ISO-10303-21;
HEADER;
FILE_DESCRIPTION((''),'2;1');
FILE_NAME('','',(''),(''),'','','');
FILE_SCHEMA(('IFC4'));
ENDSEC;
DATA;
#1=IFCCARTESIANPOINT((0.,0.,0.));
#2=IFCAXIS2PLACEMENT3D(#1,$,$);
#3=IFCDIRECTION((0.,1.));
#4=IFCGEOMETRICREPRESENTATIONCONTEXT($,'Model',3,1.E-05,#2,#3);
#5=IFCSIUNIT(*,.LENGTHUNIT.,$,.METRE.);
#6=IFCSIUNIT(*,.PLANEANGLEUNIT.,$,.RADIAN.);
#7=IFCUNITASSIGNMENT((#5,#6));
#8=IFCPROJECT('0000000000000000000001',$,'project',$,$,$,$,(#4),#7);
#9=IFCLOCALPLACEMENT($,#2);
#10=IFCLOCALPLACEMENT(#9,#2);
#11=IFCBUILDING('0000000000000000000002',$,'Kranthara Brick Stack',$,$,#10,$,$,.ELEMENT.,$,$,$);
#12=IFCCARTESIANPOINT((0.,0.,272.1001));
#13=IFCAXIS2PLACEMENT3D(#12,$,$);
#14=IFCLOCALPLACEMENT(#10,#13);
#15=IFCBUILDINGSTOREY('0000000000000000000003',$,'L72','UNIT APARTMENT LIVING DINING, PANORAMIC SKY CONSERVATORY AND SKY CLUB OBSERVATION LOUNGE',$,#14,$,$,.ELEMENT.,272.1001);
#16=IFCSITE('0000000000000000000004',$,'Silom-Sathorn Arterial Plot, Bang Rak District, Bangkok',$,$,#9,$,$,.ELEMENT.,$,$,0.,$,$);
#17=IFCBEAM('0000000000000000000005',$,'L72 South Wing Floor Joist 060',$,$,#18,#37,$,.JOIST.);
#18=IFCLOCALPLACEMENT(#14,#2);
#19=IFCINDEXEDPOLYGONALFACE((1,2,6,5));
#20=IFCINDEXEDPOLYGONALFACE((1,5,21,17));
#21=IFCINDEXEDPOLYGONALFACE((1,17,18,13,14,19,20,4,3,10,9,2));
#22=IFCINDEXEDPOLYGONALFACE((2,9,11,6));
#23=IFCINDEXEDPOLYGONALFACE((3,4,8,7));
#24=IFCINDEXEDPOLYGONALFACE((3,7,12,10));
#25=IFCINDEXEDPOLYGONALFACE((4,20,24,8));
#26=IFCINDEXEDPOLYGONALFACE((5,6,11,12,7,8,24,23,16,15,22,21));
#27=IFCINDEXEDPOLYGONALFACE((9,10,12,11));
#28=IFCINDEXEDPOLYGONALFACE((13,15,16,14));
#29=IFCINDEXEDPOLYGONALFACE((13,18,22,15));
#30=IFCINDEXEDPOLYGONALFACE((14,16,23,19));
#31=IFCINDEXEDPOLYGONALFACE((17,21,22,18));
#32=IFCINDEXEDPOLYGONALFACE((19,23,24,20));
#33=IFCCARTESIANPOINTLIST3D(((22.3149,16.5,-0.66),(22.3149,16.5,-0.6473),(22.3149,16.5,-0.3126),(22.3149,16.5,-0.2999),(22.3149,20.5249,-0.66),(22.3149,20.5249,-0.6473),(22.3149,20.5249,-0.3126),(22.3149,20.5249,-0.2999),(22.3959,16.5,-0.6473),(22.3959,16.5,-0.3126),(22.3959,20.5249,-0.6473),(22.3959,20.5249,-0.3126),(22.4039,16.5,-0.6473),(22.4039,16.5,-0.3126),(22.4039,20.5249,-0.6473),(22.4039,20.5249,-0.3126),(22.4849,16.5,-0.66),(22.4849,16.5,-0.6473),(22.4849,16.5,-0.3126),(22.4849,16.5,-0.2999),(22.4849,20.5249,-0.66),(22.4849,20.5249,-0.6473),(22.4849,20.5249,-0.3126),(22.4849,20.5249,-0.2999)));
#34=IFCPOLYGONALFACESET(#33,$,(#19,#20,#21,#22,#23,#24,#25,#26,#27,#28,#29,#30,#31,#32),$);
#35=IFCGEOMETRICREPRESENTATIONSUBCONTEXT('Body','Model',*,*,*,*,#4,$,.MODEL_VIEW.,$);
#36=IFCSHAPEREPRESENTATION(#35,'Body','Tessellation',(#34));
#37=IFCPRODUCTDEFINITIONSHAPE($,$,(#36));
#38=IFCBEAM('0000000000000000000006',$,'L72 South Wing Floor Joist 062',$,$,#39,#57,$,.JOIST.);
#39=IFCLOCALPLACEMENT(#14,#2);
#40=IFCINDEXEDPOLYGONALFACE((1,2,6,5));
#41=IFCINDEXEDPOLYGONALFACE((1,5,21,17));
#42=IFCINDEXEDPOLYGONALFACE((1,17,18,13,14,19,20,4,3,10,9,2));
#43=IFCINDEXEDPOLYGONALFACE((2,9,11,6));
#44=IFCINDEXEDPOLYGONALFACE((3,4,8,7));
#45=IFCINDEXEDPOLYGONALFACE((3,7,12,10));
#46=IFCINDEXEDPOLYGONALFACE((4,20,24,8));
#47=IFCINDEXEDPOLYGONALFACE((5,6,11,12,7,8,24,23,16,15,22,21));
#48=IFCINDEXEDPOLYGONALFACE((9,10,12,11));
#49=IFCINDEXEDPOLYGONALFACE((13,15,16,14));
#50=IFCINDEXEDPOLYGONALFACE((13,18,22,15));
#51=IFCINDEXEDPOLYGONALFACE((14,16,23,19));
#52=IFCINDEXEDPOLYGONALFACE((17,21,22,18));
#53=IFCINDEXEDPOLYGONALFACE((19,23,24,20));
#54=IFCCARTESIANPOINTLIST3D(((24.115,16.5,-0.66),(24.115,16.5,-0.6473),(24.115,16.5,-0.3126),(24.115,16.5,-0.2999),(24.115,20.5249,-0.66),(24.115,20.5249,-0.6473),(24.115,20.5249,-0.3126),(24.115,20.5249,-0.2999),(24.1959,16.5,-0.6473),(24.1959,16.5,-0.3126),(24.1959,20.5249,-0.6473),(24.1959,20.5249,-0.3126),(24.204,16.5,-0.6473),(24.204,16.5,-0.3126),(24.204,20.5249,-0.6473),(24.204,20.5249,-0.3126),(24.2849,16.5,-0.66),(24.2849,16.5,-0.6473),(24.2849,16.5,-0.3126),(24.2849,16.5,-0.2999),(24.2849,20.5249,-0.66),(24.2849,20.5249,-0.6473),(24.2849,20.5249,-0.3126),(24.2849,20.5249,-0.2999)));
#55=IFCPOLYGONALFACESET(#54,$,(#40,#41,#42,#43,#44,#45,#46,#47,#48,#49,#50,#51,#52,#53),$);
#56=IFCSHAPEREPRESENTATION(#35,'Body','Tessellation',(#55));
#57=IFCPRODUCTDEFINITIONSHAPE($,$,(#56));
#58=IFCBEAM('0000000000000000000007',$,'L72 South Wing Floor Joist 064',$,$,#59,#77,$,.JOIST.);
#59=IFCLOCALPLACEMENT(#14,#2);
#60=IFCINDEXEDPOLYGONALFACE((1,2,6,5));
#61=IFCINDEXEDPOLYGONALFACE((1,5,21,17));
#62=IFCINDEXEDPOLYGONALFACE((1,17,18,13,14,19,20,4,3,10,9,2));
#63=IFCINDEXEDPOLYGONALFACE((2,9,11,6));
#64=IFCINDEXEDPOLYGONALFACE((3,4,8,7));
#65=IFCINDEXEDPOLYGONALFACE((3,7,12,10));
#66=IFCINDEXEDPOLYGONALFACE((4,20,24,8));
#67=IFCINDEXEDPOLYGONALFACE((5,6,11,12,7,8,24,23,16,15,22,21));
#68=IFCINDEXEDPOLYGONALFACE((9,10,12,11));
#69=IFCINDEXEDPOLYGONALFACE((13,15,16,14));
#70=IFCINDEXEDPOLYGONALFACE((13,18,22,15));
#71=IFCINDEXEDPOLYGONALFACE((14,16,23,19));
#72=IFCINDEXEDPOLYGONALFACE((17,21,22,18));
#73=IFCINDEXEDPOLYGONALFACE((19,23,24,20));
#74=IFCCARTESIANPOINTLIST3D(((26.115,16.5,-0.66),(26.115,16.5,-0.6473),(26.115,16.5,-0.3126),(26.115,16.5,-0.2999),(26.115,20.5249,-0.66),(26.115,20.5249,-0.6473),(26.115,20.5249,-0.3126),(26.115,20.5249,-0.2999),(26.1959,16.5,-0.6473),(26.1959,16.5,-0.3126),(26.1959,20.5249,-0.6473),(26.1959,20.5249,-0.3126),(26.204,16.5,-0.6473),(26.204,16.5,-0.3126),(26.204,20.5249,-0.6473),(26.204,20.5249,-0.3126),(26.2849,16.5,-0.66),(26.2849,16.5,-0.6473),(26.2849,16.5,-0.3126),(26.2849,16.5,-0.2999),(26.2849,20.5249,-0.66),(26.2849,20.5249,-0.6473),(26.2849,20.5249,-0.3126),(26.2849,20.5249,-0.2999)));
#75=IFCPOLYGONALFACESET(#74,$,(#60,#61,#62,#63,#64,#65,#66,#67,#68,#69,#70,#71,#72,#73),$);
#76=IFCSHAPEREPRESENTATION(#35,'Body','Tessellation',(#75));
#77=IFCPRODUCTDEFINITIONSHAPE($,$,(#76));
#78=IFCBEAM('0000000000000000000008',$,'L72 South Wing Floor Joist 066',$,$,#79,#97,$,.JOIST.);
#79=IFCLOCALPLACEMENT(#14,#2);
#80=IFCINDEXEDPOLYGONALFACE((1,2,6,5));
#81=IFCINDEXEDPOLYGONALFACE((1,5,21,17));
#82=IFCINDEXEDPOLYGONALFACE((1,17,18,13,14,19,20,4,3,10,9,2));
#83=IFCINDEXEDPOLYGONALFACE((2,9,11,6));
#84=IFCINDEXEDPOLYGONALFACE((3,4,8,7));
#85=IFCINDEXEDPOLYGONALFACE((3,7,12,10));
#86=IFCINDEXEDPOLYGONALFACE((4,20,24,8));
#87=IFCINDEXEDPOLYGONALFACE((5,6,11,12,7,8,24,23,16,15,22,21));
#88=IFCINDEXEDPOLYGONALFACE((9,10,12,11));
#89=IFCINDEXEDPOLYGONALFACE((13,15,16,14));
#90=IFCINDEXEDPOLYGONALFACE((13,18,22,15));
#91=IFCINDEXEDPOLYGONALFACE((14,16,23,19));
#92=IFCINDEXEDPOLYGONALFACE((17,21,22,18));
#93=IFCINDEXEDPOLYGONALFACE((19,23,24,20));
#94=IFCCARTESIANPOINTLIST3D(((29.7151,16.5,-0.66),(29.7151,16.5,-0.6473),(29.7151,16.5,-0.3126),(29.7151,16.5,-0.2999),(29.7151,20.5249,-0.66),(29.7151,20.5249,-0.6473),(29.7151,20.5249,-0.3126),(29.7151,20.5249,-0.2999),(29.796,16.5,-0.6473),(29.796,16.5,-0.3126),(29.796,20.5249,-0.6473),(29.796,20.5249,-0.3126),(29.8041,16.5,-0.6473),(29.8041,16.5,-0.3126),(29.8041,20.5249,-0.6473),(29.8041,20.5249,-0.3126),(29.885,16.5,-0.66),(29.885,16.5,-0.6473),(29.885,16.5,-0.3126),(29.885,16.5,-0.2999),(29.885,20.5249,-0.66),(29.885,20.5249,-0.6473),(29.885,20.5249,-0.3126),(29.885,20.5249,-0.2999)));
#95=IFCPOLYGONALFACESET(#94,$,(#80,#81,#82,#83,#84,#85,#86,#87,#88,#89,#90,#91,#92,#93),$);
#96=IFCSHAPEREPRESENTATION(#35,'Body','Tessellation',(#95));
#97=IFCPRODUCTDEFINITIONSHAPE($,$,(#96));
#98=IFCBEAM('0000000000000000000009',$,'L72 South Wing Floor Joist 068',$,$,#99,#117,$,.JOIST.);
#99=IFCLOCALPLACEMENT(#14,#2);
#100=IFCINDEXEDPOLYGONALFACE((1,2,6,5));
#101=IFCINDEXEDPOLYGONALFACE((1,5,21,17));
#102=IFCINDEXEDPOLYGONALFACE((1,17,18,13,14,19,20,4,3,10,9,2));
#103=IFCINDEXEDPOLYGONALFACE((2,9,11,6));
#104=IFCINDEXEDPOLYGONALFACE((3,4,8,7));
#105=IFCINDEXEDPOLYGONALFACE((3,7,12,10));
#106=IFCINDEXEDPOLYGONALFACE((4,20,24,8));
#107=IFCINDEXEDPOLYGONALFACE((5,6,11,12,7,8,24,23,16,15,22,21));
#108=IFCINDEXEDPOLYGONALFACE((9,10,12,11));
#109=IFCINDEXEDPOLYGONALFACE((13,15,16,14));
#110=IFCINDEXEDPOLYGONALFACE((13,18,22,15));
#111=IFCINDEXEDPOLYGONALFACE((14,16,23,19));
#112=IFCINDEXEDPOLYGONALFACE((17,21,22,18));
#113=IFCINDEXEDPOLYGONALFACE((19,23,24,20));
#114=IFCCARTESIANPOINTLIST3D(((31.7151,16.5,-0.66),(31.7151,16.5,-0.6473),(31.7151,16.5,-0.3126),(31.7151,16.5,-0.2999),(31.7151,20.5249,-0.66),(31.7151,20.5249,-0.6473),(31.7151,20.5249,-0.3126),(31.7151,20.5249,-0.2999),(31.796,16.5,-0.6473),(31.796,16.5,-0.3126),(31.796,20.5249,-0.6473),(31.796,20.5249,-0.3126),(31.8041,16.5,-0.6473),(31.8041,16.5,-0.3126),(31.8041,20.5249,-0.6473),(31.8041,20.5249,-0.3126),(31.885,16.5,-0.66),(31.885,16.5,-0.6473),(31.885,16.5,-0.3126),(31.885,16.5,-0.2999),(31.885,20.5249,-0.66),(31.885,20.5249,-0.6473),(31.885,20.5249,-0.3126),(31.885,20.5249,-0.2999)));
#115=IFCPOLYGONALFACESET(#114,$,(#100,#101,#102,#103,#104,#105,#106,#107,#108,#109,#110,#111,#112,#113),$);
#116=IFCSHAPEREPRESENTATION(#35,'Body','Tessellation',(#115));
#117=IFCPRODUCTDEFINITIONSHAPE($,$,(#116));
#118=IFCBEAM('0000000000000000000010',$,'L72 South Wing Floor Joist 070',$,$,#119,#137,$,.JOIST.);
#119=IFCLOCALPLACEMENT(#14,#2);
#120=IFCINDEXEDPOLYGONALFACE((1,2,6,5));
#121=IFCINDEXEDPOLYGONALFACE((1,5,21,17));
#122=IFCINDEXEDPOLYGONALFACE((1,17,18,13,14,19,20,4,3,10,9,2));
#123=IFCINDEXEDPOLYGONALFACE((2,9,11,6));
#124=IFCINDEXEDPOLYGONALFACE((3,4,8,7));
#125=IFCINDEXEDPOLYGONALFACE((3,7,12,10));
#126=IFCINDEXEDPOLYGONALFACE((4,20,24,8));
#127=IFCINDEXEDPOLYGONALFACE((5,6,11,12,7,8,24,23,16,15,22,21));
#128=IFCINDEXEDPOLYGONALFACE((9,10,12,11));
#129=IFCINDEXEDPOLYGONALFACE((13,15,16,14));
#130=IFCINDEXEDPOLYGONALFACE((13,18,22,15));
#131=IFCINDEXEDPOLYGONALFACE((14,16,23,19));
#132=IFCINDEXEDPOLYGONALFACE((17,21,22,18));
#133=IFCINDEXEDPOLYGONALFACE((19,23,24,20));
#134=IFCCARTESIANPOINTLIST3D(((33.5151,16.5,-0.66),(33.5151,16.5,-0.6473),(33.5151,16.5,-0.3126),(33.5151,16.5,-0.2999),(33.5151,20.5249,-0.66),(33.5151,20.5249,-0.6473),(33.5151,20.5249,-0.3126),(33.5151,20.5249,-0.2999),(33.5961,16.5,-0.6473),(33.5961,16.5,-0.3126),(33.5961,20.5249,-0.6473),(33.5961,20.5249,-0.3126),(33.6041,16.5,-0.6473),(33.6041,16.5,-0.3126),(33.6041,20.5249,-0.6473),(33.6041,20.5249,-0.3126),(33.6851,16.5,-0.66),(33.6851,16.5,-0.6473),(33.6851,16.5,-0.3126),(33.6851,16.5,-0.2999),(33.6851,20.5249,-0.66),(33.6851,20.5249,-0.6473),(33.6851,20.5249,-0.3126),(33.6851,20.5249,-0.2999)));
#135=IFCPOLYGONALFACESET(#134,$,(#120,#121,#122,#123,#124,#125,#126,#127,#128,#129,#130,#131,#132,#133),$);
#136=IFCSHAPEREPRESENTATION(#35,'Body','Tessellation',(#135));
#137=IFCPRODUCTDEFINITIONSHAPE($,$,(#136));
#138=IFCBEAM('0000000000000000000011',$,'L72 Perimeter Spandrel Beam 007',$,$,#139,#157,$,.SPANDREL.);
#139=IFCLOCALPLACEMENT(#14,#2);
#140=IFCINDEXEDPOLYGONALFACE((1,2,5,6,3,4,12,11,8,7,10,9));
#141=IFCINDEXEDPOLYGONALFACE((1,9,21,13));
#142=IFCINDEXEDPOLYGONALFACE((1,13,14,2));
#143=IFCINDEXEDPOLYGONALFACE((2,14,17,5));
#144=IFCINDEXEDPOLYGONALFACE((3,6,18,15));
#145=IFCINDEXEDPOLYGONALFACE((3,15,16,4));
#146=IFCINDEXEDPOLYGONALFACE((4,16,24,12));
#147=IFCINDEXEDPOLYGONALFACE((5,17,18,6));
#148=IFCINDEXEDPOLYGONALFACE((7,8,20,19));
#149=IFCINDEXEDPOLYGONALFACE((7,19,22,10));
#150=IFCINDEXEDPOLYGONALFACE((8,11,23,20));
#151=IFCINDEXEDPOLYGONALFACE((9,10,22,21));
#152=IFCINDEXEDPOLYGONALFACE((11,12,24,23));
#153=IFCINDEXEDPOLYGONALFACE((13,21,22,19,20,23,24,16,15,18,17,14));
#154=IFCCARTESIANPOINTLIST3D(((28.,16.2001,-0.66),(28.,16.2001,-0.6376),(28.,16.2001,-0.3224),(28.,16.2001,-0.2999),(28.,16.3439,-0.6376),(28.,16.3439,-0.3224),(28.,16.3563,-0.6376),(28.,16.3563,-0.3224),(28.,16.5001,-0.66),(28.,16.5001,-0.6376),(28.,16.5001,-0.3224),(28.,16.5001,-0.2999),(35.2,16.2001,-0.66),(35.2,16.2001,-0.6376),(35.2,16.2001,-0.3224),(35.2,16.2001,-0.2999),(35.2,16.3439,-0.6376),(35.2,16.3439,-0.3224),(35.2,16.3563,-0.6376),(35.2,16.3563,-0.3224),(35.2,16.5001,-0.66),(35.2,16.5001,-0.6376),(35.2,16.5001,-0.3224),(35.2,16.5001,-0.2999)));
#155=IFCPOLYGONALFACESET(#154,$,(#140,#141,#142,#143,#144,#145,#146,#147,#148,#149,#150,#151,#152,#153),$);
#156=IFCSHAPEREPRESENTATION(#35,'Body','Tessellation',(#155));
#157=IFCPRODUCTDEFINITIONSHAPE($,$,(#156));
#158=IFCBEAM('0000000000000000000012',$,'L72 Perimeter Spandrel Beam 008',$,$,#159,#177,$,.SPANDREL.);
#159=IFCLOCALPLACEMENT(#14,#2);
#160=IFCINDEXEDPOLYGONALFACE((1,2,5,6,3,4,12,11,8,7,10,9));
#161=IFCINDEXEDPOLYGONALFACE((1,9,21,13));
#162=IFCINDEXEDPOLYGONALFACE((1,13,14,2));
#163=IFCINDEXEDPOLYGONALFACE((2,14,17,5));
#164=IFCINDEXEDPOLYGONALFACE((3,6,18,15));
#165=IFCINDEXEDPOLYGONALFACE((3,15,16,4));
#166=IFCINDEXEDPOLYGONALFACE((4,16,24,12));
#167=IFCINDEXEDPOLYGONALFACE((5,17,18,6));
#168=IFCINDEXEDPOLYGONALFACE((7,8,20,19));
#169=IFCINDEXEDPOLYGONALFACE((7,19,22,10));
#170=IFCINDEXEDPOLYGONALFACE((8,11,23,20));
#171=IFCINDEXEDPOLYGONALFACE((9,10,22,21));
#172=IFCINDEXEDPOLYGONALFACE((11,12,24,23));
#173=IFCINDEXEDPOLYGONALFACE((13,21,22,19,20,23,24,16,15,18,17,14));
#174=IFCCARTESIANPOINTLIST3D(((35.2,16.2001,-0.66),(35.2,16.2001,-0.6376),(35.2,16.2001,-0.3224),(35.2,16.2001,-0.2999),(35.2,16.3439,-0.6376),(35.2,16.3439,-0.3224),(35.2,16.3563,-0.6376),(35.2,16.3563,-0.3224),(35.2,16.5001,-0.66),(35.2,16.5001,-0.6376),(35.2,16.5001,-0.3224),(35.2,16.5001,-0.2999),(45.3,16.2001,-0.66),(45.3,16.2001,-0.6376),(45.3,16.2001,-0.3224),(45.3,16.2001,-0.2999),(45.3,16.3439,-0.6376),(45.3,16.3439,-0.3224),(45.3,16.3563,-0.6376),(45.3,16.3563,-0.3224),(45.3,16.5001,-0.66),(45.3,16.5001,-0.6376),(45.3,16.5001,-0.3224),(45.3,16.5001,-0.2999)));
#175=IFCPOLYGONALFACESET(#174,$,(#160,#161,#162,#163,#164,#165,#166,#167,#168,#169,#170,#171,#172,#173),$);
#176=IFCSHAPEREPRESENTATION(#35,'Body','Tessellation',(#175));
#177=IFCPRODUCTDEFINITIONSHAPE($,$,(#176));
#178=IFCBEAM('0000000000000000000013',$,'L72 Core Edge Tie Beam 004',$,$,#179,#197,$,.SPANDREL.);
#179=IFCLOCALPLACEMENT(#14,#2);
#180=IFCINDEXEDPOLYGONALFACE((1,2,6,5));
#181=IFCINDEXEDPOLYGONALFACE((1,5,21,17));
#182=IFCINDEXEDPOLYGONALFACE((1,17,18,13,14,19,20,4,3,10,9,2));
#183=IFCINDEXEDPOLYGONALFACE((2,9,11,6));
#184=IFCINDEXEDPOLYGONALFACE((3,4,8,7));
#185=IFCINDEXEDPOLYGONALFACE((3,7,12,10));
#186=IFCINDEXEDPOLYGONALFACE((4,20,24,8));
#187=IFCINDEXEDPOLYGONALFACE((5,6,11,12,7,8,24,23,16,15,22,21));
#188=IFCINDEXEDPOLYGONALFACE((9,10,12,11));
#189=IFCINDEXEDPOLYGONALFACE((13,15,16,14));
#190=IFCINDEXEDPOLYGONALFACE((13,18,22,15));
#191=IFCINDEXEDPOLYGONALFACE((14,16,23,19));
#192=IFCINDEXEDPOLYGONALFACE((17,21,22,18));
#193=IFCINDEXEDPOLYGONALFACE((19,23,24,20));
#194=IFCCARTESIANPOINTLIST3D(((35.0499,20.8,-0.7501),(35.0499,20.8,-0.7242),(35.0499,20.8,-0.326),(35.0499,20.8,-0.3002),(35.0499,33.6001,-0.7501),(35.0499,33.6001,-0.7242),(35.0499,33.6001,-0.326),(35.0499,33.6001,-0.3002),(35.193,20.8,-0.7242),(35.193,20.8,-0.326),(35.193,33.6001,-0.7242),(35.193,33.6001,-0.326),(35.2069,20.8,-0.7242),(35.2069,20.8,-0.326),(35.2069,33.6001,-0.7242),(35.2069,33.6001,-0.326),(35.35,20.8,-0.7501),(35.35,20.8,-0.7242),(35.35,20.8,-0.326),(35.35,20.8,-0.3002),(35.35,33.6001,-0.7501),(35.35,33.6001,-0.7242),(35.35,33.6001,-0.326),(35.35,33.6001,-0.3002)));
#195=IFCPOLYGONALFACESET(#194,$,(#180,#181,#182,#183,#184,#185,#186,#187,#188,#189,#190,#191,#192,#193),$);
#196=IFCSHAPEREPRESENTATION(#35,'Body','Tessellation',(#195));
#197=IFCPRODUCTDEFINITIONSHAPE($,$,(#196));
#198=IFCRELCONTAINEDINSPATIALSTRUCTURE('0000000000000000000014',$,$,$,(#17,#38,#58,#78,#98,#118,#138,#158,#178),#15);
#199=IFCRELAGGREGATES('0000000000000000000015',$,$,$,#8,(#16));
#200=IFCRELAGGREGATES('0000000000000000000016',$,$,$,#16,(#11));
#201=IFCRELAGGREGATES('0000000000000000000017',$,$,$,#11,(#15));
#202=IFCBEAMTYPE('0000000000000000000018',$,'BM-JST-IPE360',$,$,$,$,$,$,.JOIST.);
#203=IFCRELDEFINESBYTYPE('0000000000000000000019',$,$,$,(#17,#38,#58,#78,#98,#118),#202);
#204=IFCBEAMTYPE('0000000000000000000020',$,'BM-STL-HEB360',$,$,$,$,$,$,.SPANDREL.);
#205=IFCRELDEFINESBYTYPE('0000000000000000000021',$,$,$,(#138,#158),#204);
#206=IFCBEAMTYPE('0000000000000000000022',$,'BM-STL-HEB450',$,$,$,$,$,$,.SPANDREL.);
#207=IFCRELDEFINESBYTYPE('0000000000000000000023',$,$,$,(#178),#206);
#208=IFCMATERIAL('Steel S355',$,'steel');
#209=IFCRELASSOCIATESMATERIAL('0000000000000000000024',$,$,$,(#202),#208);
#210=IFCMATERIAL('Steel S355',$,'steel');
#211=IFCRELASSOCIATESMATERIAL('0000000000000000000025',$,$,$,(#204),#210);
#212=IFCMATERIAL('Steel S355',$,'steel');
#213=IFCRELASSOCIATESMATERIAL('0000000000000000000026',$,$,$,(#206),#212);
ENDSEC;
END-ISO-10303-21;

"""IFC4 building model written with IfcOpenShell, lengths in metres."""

from ifc_helpers import new_model, si_unit, direction, frame, origin, origin_2d, place, context, subcontext, project, spatial, i_section, extrude, material, material_profile, profile_set, type_object, element, save


model = new_model("IFC4")

# Units and contexts
model_context = context("Model", 3, precision=1e-05, world=origin(), true_north=direction((0.0, 1.0)))
body_context = subcontext(model_context, "Body", "Model", "MODEL_VIEW")
ifc_project = project(units=[si_unit("LENGTHUNIT", "METRE"), si_unit("PLANEANGLEUNIT", "RADIAN")], contexts=[model_context])

# Site, building, storey
site_placement = place(None, origin())
site = spatial("IfcSite", under=ifc_project, at=site_placement, Name="Silom-Sathorn Arterial Plot, Bang Rak District, Bangkok", CompositionType="ELEMENT", RefElevation=0.0)
building_placement = place(site_placement, origin())
building = spatial("IfcBuilding", under=site, at=building_placement, Name="Kranthara Brick Stack", CompositionType="ELEMENT")
storey_placement = place(building_placement, frame((0.0, 0.0, 272.1001)))
storey = spatial("IfcBuildingStorey", under=building, at=storey_placement, Name="L72", Description="UNIT APARTMENT LIVING DINING, PANORAMIC SKY CONSERVATORY AND SKY CLUB OBSERVATION LOUNGE", CompositionType="ELEMENT", Elevation=272.1001)

# Beams
ifc_material_1 = material(Name="Steel S355", Category="steel")
ifc_material_profile_1 = material_profile(ifc_material_1, i_section(OverallWidth=0.1699, OverallDepth=0.3601, WebThickness=0.0081, FlangeThickness=0.0127, at=origin_2d()), Name="IPE 360")
ifc_profile_set_1 = profile_set([ifc_material_profile_1], Name="Steel S355")
beam_type_1 = type_object("IfcBeamType", Name="BM-JST-IPE360", PredefinedType="JOIST", material=ifc_profile_set_1)
for number, where, z_axis, x_axis, name in (
    (1, (22.3999, 16.5, -0.48), (0.0, 1.0, 0.0), (-1.0, 0.0, 0.0), "L72 South Wing Floor Joist 060"),
    (2, (24.2, 16.5, -0.48), (0.0, 1.0, 0.0), (-1.0, 0.0, 0.0), "L72 South Wing Floor Joist 062"),
    (3, (26.2, 16.5, -0.48), (0.0, 1.0, 0.0), (-1.0, 0.0, 0.0), "L72 South Wing Floor Joist 064"),
    (4, (29.8, 16.5, -0.48), (0.0, 1.0, 0.0), (-1.0, 0.0, 0.0), "L72 South Wing Floor Joist 066"),
    (5, (31.8, 16.5, -0.48), (0.0, 1.0, 0.0), (-1.0, 0.0, 0.0), "L72 South Wing Floor Joist 068"),
    (6, (33.6001, 16.5, -0.48), (0.0, 1.0, 0.0), (-1.0, 0.0, 0.0), "L72 South Wing Floor Joist 070"),
):
    element("IfcBeam", number, at=place(storey_placement, frame(where, z_axis=z_axis, x_axis=x_axis)), inside=storey, type_object=beam_type_1, Name=name, PredefinedType="JOIST", context=body_context, shape_type="SweptSolid", body=[
        extrude(i_section(OverallWidth=0.1699, OverallDepth=0.3601, WebThickness=0.0081, FlangeThickness=0.0127, at=origin_2d()), origin(), (0.0, 0.0, 1.0), 4.0249),
    ])
ifc_material_2 = material(Name="Steel S355", Category="steel")
ifc_material_profile_2 = material_profile(ifc_material_2, i_section(OverallWidth=0.3, OverallDepth=0.3601, WebThickness=0.0125, FlangeThickness=0.0225, at=origin_2d()), Name="HEB 360")
ifc_profile_set_2 = profile_set([ifc_material_profile_2], Name="Steel S355")
beam_type_2 = type_object("IfcBeamType", Name="BM-STL-HEB360", PredefinedType="SPANDREL", material=ifc_profile_set_2)
beam_1_placement = place(storey_placement, frame((28.0, 16.3501, -0.48), z_axis=(1.0, 0.0, 0.0), x_axis=(0.0, 1.0, 0.0)))
element("IfcBeam", 7, at=beam_1_placement, inside=storey, type_object=beam_type_2, Name="L72 Perimeter Spandrel Beam 007", PredefinedType="SPANDREL", context=body_context, shape_type="SweptSolid", body=[
    extrude(i_section(OverallWidth=0.3, OverallDepth=0.3601, WebThickness=0.0125, FlangeThickness=0.0225, at=origin_2d()), origin(), (0.0, 0.0, 1.0), 7.2),
])
beam_2_placement = place(storey_placement, frame((35.2, 16.3501, -0.48), z_axis=(1.0, 0.0, 0.0), x_axis=(0.0, 1.0, 0.0)))
element("IfcBeam", 8, at=beam_2_placement, inside=storey, type_object=beam_type_2, Name="L72 Perimeter Spandrel Beam 008", PredefinedType="SPANDREL", context=body_context, shape_type="SweptSolid", body=[
    extrude(i_section(OverallWidth=0.3, OverallDepth=0.3601, WebThickness=0.0125, FlangeThickness=0.0225, at=origin_2d()), origin(), (0.0, 0.0, 1.0), 10.1001),
])
ifc_material_3 = material(Name="Steel S355", Category="steel")
ifc_material_profile_3 = material_profile(ifc_material_3, i_section(OverallWidth=0.3, OverallDepth=0.45, WebThickness=0.0139, FlangeThickness=0.0259, at=origin_2d()), Name="HEB 450")
ifc_profile_set_3 = profile_set([ifc_material_profile_3], Name="Steel S355")
beam_type_3 = type_object("IfcBeamType", Name="BM-STL-HEB450", PredefinedType="SPANDREL", material=ifc_profile_set_3)
beam_3_placement = place(storey_placement, frame((35.2, 20.8, -0.5251), z_axis=(0.0, 1.0, 0.0), x_axis=(-1.0, 0.0, 0.0)))
element("IfcBeam", 9, at=beam_3_placement, inside=storey, type_object=beam_type_3, Name="L72 Core Edge Tie Beam 004", PredefinedType="SPANDREL", context=body_context, shape_type="SweptSolid", body=[
    extrude(i_section(OverallWidth=0.3, OverallDepth=0.45, WebThickness=0.0139, FlangeThickness=0.0259, at=origin_2d()), origin(), (0.0, 0.0, 1.0), 12.8),
])

save(model, "model.ifc")
